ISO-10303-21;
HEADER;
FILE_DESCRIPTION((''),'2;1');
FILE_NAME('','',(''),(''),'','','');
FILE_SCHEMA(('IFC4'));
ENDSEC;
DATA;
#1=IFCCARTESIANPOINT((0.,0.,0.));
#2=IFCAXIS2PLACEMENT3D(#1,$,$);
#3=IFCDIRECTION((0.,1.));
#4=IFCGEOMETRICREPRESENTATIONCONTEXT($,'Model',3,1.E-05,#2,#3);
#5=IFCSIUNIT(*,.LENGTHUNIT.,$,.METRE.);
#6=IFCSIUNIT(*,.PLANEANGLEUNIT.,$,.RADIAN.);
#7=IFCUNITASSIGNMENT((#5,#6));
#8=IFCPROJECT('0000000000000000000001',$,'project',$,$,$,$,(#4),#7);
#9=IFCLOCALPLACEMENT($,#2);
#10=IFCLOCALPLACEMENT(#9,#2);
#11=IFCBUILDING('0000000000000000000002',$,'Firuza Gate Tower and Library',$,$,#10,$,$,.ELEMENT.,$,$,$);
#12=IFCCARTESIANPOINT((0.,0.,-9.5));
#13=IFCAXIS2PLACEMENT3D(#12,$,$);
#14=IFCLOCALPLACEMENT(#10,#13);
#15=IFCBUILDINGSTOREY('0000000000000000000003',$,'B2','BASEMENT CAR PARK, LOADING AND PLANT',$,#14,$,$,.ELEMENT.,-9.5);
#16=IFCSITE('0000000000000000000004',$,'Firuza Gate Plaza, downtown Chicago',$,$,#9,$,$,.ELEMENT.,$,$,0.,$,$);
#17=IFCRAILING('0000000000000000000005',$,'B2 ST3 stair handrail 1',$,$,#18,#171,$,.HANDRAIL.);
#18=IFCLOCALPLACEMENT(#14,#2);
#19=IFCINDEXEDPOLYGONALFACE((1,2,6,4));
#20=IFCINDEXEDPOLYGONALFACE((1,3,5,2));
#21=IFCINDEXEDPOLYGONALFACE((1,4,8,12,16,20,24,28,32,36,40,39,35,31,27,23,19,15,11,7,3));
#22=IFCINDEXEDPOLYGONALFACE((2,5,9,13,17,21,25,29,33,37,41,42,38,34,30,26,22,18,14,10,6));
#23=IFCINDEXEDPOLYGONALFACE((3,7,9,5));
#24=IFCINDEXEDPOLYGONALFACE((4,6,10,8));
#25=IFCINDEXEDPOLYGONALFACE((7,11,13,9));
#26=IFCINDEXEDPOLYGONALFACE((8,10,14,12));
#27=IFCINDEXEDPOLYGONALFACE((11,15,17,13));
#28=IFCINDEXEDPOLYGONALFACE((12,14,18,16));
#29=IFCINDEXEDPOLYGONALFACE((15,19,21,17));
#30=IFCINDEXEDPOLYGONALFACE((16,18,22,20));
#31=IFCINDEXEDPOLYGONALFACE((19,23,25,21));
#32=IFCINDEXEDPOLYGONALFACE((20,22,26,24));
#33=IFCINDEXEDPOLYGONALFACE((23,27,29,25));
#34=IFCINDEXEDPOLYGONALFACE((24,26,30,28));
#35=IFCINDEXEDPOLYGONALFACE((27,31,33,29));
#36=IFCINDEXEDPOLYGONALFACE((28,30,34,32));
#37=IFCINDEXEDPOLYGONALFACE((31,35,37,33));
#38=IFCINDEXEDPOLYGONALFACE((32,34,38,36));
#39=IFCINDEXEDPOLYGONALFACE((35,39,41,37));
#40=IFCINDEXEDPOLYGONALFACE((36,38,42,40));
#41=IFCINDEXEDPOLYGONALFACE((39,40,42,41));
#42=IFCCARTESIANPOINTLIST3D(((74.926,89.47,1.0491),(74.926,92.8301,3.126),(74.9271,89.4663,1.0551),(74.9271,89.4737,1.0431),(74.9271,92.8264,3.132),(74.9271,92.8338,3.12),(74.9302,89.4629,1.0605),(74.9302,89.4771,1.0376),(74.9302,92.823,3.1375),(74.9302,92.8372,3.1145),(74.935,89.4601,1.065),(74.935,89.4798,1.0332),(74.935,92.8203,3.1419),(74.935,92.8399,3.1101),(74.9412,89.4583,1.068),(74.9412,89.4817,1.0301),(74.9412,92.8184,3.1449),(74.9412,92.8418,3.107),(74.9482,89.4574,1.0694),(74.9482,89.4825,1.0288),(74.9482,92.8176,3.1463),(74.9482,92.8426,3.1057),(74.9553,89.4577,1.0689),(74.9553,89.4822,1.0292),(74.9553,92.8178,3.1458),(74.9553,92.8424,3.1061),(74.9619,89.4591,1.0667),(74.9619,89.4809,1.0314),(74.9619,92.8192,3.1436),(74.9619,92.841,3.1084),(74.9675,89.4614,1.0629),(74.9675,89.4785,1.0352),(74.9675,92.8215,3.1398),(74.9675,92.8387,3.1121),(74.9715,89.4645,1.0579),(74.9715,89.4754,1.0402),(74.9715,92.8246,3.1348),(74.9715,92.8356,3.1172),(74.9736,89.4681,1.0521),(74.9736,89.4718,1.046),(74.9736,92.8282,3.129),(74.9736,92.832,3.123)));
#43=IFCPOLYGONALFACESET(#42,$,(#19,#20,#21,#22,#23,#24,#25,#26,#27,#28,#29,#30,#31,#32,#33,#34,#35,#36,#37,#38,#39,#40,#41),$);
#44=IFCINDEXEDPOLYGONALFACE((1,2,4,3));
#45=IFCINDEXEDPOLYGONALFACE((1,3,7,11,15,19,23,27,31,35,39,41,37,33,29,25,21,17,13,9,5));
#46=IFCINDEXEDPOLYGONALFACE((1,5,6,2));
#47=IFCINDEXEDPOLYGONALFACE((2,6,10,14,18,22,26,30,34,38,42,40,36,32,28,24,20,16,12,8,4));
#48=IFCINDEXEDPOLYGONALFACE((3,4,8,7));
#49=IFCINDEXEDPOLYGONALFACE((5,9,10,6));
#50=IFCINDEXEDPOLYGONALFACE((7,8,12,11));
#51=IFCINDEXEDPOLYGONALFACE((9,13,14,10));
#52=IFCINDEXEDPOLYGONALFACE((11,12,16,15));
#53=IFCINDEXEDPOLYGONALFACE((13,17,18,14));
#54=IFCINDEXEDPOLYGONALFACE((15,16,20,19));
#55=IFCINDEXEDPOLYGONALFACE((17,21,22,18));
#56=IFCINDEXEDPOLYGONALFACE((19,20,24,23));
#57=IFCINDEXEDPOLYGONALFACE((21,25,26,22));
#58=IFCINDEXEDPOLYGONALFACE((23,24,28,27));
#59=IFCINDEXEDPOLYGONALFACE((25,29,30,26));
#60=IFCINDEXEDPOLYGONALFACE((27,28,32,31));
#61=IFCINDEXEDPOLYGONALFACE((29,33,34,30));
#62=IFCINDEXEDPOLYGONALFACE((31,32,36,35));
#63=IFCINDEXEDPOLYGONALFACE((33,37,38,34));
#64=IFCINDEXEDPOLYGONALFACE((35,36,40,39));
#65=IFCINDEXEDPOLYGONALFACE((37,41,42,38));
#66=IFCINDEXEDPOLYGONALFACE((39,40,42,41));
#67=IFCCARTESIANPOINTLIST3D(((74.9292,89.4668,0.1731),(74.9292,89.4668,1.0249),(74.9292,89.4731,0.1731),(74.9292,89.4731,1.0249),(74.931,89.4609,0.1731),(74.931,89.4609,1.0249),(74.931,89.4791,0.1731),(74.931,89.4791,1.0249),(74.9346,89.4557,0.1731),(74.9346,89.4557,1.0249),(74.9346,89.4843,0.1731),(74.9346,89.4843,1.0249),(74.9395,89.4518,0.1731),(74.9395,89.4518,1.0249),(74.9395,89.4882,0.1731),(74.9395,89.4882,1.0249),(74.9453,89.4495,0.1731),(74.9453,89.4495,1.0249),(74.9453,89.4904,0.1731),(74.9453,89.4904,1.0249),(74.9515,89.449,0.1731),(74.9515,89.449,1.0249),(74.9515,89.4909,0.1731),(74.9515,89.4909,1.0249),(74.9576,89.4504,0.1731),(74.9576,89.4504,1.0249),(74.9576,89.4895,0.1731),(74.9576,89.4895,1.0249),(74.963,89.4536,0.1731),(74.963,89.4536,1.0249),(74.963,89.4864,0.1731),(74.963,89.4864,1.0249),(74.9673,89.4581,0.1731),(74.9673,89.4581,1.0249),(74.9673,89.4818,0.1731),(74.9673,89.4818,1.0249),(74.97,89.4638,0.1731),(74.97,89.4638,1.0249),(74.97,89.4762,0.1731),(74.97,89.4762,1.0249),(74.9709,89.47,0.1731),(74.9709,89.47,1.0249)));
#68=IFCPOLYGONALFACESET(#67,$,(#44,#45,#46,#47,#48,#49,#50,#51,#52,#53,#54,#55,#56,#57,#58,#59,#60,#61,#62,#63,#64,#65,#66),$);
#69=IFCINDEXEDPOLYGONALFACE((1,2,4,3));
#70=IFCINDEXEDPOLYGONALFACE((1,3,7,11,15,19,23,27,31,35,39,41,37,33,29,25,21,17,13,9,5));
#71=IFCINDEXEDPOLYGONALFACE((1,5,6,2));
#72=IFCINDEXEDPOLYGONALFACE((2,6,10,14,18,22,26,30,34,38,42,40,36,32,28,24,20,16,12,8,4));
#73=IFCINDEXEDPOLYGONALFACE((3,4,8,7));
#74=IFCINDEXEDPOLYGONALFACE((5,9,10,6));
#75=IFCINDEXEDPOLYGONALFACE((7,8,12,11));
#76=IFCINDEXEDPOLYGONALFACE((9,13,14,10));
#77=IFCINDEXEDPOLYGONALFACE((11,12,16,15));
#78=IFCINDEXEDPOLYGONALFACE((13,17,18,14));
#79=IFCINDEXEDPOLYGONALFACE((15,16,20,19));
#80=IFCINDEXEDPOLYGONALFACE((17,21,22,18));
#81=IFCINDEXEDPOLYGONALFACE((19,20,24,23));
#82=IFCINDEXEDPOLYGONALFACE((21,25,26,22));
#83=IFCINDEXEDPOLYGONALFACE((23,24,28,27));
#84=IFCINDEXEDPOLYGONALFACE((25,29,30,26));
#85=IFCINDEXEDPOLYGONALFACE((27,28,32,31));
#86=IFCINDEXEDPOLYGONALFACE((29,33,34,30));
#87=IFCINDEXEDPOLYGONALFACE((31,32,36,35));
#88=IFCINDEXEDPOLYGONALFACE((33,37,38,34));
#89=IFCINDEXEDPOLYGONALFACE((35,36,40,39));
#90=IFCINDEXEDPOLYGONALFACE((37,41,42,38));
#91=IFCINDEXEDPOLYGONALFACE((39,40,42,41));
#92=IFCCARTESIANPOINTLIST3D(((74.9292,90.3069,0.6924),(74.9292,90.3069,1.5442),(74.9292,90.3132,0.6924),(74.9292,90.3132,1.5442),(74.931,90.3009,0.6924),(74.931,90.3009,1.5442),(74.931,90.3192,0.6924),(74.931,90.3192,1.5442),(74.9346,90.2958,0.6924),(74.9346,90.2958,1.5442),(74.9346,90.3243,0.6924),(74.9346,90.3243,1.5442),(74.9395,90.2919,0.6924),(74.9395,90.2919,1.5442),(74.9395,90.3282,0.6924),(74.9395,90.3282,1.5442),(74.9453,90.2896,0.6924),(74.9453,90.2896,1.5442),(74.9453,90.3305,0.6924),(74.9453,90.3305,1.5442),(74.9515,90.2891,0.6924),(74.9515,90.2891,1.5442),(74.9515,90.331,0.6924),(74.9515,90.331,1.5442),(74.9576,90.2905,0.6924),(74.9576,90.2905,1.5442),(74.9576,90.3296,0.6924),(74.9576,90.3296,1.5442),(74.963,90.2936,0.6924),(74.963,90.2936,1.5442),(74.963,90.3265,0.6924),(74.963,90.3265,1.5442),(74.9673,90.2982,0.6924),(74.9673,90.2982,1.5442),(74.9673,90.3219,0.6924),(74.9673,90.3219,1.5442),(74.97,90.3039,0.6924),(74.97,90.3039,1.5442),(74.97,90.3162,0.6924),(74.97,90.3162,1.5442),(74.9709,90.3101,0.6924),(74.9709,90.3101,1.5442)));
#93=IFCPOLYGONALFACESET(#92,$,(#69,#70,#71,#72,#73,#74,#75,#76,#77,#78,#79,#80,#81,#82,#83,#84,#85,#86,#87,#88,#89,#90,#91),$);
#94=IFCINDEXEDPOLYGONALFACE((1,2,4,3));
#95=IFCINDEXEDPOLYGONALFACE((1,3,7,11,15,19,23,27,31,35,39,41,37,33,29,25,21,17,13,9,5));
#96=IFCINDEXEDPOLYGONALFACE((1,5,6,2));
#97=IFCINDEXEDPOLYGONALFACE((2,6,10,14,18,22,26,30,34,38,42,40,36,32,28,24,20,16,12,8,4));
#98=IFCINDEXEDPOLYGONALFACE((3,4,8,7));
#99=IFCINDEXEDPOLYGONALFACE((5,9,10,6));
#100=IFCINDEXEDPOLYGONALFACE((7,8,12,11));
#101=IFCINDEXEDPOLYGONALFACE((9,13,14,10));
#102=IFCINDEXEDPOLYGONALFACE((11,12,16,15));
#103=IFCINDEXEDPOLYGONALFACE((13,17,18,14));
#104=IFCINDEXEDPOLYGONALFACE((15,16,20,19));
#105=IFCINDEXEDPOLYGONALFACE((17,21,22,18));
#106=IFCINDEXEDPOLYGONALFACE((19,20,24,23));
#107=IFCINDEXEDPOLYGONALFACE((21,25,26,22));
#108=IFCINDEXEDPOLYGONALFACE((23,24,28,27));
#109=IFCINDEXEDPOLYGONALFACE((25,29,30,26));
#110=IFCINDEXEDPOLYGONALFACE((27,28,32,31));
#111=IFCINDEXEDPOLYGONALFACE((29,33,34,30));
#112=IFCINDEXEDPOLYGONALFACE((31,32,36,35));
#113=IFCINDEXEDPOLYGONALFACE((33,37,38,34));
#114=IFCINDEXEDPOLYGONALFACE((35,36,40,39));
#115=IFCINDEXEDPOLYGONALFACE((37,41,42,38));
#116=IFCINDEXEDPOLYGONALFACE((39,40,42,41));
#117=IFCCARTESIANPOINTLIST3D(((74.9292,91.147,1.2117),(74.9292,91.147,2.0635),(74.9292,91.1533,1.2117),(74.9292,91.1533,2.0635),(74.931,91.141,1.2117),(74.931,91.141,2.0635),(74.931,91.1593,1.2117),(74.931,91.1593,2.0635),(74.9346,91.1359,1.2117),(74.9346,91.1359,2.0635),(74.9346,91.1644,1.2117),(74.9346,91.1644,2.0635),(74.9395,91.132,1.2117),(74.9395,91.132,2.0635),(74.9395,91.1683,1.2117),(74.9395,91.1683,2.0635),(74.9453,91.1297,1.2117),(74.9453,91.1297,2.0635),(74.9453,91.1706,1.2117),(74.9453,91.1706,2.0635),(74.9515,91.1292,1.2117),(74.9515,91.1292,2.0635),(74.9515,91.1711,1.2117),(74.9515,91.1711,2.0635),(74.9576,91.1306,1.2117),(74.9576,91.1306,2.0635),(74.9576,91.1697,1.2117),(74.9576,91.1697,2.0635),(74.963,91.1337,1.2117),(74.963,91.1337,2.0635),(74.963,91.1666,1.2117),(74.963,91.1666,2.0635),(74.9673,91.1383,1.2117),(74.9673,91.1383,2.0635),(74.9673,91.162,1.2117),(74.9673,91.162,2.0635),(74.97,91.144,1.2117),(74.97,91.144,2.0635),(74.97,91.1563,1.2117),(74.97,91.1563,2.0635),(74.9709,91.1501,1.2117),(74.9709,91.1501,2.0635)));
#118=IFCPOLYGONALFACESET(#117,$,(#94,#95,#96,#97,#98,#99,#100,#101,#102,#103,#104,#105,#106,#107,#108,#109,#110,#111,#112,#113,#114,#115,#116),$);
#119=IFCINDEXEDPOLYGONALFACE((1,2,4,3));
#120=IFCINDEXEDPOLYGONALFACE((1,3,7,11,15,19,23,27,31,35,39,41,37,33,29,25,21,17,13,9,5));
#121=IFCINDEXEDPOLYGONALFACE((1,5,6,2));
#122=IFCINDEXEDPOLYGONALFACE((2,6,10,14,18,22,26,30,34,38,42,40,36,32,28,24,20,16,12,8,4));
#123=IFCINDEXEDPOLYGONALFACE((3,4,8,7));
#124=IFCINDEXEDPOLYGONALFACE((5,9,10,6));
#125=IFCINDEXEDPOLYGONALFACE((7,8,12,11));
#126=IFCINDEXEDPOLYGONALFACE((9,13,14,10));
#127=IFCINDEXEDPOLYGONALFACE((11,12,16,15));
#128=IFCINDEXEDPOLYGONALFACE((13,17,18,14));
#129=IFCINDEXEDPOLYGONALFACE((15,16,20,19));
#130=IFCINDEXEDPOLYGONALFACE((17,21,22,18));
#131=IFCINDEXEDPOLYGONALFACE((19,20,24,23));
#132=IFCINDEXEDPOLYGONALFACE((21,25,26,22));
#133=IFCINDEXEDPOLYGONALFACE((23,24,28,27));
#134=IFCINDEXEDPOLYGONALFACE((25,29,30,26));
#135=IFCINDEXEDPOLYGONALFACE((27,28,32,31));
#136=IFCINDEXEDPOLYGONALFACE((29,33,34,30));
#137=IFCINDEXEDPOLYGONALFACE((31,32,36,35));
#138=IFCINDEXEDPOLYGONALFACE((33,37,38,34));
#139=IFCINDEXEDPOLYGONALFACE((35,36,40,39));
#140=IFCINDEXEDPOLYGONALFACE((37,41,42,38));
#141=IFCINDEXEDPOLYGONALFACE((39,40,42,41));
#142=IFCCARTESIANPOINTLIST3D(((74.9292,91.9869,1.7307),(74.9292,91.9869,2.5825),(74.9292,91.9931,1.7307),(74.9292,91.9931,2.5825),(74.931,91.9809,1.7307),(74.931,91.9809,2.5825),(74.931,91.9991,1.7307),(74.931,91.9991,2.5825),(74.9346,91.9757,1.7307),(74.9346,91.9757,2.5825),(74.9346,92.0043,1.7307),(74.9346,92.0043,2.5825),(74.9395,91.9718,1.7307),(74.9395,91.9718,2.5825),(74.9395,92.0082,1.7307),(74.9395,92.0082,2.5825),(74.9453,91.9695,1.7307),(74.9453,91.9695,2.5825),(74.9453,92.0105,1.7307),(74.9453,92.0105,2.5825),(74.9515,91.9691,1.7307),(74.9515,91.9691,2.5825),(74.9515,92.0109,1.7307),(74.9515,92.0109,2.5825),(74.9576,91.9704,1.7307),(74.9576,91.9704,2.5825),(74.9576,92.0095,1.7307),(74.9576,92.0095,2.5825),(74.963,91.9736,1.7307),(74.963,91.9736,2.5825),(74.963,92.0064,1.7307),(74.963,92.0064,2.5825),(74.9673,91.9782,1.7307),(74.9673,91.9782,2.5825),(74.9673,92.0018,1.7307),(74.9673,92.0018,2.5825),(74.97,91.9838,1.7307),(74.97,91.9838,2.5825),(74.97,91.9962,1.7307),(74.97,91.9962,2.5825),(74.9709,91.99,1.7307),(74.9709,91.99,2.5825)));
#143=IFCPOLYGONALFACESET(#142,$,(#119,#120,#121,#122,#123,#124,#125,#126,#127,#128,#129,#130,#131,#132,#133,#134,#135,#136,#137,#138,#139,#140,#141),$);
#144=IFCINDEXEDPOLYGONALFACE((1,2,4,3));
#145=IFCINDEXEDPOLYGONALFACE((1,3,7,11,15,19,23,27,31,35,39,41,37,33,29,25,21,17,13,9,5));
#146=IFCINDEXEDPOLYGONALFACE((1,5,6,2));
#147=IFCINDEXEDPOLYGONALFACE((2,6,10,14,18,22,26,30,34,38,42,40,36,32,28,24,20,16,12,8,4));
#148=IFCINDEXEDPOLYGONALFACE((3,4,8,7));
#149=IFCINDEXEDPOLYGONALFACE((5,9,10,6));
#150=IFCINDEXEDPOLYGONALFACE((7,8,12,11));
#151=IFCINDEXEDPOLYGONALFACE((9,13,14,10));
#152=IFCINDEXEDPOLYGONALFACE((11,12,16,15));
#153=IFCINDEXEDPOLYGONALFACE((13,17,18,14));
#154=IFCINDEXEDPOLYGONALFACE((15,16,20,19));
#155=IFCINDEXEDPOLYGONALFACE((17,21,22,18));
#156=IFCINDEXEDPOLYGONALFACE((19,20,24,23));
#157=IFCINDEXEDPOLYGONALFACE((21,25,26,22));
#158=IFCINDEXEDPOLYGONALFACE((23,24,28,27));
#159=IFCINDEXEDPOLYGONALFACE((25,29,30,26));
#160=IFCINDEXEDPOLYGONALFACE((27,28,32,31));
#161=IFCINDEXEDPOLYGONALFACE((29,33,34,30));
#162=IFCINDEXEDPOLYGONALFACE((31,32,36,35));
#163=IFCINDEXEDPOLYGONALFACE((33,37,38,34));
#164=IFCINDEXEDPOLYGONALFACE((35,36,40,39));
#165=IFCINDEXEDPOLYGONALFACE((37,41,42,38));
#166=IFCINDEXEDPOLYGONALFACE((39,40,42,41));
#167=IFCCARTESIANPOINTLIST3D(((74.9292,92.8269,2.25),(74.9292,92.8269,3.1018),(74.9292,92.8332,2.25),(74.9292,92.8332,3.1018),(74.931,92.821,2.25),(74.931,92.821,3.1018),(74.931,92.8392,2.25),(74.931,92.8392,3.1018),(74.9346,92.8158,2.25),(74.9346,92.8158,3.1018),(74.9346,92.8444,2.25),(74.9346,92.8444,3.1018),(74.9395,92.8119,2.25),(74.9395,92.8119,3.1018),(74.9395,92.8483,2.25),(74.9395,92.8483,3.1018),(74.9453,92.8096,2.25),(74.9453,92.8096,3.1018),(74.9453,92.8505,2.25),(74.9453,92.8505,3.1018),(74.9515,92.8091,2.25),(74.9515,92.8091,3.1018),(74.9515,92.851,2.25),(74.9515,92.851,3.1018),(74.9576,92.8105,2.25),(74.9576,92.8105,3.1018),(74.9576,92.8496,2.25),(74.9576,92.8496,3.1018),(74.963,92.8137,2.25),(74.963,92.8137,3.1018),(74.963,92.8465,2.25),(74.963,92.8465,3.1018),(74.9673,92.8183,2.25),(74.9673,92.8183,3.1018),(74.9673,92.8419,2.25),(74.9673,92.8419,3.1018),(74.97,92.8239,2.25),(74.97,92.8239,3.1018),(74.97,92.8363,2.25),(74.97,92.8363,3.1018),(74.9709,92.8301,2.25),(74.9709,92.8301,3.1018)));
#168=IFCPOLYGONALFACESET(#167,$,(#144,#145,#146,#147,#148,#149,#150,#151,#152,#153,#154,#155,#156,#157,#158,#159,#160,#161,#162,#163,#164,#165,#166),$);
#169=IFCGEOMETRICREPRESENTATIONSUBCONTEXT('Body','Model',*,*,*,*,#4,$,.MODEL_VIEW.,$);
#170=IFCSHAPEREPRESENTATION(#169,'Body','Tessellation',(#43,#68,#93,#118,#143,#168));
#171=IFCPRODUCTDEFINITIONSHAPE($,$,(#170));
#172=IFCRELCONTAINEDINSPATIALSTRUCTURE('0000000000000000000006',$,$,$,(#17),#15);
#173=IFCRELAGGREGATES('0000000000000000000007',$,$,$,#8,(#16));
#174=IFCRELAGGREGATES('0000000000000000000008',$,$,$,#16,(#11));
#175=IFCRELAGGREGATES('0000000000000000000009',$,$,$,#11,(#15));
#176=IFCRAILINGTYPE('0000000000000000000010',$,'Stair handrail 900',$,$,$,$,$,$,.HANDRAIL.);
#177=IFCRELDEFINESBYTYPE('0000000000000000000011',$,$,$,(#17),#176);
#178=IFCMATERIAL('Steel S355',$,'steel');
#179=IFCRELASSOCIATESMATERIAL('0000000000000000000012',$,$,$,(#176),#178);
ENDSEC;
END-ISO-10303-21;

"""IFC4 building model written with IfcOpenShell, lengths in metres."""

from ifc_helpers import new_model, si_unit, direction, frame, origin, origin_2d, place, context, subcontext, project, spatial, circle, extrude, material, type_object, element, save


model = new_model("IFC4")

# Units and contexts
model_context = context("Model", 3, precision=1e-05, world=origin(), true_north=direction((0.0, 1.0)))
body_context = subcontext(model_context, "Body", "Model", "MODEL_VIEW")
ifc_project = project(units=[si_unit("LENGTHUNIT", "METRE"), si_unit("PLANEANGLEUNIT", "RADIAN")], contexts=[model_context])

# Site, building, storey
site_placement = place(None, origin())
site = spatial("IfcSite", under=ifc_project, at=site_placement, Name="Firuza Gate Plaza, downtown Chicago", CompositionType="ELEMENT", RefElevation=0.0)
building_placement = place(site_placement, origin())
building = spatial("IfcBuilding", under=site, at=building_placement, Name="Firuza Gate Tower and Library", CompositionType="ELEMENT")
storey_placement = place(building_placement, frame((0.0, 0.0, -9.5)))
storey = spatial("IfcBuildingStorey", under=building, at=storey_placement, Name="B2", Description="BASEMENT CAR PARK, LOADING AND PLANT", CompositionType="ELEMENT", Elevation=-9.5)

# Railing
ifc_material_1 = material(Name="Steel S355", Category="steel")
railing_type_1 = type_object("IfcRailingType", Name="Stair handrail 900", PredefinedType="HANDRAIL", material=ifc_material_1)
railing_1_placement = place(storey_placement, frame((74.95, 89.47, 0.1731)))
element("IfcRailing", 1, at=railing_1_placement, inside=storey, type_object=railing_type_1, Name="B2 ST3 stair handrail 1", PredefinedType="HANDRAIL", context=body_context, shape_type="SweptSolid", body=[
    extrude(circle(Radius=0.0239, at=origin_2d()), frame((0.0, 0.0, 0.876), z_axis=(0.0, 0.850623, 0.525776), x_axis=(-1.0, 0.0, 0.0)), (0.0, 0.0, 1.0), 3.9502),
    extrude(circle(Radius=0.021, at=origin_2d()), origin(), (0.0, 0.0, 1.0), 0.8518),
    extrude(circle(Radius=0.021, at=origin_2d()), frame((0.0, 0.8401, 0.5193)), (0.0, 0.0, 1.0), 0.8518),
    extrude(circle(Radius=0.021, at=origin_2d()), frame((0.0, 1.6802, 1.0386)), (0.0, 0.0, 1.0), 0.8518),
    extrude(circle(Radius=0.021, at=origin_2d()), frame((0.0, 2.52, 1.5576)), (0.0, 0.0, 1.0), 0.8518),
    extrude(circle(Radius=0.021, at=origin_2d()), frame((0.0, 3.3601, 2.0769)), (0.0, 0.0, 1.0), 0.8518),
])

save(model, "model.ifc")
